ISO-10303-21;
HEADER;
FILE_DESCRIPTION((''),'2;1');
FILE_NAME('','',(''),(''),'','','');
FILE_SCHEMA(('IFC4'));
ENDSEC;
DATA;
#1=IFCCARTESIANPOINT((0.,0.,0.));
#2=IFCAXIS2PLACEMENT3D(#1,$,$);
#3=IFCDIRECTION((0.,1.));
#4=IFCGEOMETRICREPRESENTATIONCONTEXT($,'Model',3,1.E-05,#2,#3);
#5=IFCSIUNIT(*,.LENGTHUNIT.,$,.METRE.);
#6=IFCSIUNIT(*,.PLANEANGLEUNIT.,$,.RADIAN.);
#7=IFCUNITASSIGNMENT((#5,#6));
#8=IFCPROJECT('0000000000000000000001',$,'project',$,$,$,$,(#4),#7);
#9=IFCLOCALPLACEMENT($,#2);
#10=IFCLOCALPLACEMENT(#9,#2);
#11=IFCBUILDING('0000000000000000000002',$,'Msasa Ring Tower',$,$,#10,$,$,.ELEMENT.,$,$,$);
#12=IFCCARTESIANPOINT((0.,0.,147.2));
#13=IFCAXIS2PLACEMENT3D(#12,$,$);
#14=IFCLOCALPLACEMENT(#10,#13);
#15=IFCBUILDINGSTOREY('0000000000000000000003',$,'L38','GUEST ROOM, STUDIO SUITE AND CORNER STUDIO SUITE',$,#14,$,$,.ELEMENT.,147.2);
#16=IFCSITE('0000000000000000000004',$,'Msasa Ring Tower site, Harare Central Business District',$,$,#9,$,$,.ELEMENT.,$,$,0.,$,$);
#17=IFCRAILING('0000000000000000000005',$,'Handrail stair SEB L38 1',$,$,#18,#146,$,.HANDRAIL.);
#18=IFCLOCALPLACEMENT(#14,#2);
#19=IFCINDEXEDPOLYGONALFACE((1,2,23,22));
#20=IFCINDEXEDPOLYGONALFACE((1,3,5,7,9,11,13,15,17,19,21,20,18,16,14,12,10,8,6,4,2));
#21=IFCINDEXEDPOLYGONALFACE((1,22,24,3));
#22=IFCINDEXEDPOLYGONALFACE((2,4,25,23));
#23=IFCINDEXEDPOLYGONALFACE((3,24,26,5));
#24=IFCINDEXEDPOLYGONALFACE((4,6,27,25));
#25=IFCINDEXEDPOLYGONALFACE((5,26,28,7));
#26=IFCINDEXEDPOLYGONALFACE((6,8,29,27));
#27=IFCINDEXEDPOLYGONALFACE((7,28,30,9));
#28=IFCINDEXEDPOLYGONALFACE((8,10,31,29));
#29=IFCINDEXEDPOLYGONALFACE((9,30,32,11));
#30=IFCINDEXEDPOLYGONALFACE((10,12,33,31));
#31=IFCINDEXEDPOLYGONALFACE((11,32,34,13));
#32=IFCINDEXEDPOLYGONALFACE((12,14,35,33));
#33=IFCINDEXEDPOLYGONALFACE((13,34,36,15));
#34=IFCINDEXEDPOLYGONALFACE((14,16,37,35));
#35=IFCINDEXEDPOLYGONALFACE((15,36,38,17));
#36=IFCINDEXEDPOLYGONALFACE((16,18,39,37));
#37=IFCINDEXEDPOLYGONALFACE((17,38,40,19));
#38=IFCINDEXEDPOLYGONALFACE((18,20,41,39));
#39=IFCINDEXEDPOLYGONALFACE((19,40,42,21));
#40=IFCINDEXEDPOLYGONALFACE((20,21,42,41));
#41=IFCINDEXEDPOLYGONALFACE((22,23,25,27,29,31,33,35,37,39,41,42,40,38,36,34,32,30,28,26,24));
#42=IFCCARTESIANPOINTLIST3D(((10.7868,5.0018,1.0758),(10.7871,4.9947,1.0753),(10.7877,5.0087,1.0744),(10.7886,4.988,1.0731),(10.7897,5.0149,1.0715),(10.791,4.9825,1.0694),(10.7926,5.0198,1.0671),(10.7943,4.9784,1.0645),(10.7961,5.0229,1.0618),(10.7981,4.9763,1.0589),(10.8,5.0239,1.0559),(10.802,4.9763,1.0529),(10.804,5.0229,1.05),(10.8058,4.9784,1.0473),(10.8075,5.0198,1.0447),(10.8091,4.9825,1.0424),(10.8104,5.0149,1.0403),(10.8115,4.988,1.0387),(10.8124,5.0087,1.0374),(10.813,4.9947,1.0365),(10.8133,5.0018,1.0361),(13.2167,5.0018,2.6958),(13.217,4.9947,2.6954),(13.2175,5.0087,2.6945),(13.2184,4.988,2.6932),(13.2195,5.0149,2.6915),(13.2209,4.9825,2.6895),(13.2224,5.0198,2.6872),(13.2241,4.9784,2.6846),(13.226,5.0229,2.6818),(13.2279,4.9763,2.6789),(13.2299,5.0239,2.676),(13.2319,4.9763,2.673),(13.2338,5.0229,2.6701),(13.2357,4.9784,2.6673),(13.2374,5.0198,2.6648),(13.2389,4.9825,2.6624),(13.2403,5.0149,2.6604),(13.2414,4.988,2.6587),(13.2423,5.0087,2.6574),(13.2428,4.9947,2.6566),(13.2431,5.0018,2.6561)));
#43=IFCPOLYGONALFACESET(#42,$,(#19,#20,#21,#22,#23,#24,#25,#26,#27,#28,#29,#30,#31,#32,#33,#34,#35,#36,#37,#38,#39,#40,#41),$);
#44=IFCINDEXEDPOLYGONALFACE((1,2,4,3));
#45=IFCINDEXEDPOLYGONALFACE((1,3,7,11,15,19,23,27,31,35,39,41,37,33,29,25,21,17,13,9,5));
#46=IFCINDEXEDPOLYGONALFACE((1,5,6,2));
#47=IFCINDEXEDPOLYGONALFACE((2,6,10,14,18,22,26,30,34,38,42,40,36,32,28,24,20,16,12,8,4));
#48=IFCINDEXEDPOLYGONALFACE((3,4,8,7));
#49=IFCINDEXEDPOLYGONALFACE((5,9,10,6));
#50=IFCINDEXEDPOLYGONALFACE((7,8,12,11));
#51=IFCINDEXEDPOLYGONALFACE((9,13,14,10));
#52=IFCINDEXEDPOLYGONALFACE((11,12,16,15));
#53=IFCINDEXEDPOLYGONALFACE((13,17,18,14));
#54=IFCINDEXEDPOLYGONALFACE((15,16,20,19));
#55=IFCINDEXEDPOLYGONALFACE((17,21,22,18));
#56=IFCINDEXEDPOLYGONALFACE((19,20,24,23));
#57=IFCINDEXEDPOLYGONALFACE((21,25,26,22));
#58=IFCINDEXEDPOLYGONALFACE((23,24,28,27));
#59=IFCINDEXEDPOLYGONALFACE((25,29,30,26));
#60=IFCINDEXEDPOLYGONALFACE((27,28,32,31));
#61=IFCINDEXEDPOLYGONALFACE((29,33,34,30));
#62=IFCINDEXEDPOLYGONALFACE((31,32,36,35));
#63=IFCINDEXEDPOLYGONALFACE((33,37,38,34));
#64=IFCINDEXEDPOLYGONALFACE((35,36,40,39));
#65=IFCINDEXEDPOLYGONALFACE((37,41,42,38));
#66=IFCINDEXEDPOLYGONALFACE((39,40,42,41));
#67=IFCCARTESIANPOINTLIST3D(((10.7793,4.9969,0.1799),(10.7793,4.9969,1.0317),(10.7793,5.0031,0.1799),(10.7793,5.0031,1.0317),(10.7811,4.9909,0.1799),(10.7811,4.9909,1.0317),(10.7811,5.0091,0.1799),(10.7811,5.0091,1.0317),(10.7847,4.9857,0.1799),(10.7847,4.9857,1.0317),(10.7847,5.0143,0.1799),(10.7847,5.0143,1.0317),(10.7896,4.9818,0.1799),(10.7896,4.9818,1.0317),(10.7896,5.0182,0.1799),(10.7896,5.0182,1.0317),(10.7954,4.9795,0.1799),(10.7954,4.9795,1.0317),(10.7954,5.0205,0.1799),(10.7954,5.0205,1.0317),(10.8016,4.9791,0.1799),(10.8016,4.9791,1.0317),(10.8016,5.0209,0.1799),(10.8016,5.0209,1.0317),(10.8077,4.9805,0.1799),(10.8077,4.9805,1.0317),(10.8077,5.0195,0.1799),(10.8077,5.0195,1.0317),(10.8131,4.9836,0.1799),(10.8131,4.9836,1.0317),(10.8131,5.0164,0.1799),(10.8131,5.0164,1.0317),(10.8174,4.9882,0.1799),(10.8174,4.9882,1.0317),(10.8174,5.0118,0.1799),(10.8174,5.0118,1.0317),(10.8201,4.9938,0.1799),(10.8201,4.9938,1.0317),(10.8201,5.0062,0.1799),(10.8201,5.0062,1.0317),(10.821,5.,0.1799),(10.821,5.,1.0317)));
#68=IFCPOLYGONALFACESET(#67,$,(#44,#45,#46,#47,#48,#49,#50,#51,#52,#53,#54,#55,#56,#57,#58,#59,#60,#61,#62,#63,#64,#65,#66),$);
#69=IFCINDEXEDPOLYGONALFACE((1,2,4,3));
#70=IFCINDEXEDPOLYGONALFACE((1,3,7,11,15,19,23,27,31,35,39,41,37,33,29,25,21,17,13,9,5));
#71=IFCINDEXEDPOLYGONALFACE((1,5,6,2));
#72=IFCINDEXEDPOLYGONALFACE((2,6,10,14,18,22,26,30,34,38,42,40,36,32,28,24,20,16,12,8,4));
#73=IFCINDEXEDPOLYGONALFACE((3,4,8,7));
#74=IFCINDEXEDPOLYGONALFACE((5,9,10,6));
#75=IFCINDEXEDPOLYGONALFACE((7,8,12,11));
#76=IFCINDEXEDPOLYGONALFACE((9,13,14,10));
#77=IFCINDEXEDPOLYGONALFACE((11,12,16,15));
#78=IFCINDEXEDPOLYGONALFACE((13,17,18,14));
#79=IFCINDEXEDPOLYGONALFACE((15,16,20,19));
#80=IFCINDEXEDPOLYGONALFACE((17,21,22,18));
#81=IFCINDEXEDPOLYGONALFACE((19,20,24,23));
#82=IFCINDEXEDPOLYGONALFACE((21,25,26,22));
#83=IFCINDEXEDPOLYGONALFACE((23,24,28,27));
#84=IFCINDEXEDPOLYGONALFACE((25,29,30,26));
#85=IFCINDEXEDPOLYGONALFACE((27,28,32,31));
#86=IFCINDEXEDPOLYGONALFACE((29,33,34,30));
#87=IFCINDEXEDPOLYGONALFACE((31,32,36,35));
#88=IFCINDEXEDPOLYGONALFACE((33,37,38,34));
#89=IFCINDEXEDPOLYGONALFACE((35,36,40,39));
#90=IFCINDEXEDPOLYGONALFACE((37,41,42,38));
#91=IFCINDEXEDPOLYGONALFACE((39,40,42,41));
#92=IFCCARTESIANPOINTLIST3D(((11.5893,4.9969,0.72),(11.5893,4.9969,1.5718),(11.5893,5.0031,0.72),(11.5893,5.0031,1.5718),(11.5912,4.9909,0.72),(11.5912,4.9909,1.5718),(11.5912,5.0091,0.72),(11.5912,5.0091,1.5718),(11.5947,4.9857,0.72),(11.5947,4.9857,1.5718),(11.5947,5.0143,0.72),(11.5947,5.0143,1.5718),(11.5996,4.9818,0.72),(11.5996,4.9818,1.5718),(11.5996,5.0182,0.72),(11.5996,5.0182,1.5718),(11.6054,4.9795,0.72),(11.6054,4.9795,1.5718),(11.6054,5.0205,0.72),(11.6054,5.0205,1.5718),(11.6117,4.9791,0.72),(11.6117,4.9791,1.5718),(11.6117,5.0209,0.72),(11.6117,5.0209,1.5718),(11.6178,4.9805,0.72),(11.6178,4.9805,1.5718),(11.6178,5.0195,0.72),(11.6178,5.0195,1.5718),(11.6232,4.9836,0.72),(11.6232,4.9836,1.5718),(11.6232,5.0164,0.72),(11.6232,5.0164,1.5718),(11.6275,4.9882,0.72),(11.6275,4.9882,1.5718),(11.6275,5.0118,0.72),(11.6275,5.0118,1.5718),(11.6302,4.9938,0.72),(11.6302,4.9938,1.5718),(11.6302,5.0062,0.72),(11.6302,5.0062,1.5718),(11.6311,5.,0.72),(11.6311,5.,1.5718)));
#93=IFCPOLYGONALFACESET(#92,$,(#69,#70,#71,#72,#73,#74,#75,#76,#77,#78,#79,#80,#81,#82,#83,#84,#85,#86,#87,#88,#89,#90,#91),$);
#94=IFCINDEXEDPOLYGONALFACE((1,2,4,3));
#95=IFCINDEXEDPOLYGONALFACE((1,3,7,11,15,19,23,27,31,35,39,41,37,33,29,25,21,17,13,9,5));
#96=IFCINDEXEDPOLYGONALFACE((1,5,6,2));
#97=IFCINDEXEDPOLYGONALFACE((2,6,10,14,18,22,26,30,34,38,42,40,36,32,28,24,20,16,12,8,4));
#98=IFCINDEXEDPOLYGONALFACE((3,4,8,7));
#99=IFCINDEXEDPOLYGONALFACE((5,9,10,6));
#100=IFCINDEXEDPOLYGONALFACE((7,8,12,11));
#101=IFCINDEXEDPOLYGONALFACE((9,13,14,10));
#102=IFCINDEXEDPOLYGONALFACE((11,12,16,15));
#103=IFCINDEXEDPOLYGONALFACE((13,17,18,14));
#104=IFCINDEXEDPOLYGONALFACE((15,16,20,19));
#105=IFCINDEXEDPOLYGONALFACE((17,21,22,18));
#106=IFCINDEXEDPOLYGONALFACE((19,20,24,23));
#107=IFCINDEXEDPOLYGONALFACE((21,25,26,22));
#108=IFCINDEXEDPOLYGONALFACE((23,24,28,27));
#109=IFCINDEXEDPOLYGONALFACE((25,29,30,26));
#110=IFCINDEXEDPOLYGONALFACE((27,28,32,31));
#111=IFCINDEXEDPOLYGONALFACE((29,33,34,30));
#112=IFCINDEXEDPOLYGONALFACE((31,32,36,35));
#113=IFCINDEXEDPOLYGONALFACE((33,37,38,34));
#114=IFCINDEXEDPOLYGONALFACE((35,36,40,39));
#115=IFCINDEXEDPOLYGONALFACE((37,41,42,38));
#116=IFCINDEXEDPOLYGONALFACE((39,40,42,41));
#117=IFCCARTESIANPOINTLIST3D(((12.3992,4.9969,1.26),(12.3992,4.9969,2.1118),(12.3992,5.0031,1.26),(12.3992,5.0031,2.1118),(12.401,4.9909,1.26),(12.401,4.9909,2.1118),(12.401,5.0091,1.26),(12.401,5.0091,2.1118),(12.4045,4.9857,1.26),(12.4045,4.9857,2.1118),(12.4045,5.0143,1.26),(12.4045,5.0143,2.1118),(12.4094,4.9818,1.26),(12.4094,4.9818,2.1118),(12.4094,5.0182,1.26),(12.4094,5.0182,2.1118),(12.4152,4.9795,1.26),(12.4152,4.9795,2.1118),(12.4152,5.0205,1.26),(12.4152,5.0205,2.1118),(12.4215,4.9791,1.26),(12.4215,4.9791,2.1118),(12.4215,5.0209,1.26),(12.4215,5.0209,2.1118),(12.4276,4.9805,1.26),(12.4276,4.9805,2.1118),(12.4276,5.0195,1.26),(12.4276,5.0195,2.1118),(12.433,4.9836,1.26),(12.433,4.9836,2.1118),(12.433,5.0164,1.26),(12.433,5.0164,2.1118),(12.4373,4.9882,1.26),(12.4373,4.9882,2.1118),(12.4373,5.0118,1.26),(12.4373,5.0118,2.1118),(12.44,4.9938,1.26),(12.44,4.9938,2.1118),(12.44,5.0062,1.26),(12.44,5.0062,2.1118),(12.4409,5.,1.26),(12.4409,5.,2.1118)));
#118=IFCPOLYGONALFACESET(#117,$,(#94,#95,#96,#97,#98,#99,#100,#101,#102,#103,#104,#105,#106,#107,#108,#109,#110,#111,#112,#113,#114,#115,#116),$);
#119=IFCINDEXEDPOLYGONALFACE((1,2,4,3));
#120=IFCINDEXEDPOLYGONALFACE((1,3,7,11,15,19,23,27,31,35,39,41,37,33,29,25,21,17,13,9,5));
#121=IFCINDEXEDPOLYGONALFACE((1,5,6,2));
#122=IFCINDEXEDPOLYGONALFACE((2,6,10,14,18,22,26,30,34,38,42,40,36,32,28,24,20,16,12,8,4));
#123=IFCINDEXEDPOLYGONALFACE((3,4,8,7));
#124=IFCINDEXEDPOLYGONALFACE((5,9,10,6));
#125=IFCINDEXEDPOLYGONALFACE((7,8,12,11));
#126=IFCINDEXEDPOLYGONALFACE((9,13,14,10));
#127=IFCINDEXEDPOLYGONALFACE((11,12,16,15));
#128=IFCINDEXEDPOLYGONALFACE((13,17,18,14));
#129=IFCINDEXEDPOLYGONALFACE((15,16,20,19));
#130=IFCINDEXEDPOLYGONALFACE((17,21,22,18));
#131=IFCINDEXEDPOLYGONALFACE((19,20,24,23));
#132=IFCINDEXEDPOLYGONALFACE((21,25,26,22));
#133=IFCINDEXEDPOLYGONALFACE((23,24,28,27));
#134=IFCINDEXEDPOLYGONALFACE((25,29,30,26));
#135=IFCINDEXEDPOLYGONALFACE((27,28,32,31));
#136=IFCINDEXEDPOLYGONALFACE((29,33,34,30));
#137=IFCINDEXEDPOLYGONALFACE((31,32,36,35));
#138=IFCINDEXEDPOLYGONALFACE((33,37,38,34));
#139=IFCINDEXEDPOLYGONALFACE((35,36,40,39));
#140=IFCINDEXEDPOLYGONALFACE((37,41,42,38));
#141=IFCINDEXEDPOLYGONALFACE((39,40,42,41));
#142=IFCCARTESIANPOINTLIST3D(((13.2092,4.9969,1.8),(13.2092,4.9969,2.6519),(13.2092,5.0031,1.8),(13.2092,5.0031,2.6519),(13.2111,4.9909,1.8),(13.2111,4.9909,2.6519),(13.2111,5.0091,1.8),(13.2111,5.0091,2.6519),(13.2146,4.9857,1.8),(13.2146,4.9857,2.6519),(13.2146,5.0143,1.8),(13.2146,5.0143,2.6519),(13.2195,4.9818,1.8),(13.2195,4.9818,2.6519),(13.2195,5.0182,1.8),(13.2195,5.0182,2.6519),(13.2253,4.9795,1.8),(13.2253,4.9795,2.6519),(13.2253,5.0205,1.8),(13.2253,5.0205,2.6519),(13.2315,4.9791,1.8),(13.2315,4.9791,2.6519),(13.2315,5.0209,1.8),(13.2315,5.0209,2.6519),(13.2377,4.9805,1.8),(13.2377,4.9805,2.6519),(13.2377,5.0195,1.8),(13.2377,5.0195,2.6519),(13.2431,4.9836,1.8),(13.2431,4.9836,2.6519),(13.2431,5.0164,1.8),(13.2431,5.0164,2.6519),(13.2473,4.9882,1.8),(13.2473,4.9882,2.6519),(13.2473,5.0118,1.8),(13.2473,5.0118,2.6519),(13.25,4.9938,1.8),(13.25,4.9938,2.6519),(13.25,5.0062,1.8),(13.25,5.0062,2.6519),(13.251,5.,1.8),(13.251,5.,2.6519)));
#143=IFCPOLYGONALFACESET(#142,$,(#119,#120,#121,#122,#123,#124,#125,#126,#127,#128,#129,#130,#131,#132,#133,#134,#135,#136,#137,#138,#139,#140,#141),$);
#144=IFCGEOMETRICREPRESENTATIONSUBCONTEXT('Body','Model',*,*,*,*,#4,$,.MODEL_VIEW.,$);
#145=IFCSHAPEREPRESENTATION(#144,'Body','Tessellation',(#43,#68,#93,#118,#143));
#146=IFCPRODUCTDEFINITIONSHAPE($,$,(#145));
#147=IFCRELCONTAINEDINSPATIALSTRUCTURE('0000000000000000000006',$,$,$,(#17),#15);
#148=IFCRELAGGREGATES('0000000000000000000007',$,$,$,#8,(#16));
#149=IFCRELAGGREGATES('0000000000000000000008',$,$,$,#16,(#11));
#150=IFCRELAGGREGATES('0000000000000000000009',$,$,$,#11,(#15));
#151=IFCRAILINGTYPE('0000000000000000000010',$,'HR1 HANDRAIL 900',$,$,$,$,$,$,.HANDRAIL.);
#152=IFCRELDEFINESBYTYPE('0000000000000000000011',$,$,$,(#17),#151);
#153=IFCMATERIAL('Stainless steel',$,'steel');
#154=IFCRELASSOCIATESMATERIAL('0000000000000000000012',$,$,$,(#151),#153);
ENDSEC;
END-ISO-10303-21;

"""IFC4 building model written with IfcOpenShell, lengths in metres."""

from ifc_helpers import new_model, si_unit, direction, frame, origin, origin_2d, place, context, subcontext, project, spatial, circle, extrude, material, type_object, element, save


model = new_model("IFC4")

# Units and contexts
model_context = context("Model", 3, precision=1e-05, world=origin(), true_north=direction((0.0, 1.0)))
body_context = subcontext(model_context, "Body", "Model", "MODEL_VIEW")
ifc_project = project(units=[si_unit("LENGTHUNIT", "METRE"), si_unit("PLANEANGLEUNIT", "RADIAN")], contexts=[model_context])

# Site, building, storey
site_placement = place(None, origin())
site = spatial("IfcSite", under=ifc_project, at=site_placement, Name="Msasa Ring Tower site, Harare Central Business District", CompositionType="ELEMENT", RefElevation=0.0)
building_placement = place(site_placement, origin())
building = spatial("IfcBuilding", under=site, at=building_placement, Name="Msasa Ring Tower", CompositionType="ELEMENT")
storey_placement = place(building_placement, frame((0.0, 0.0, 147.2)))
storey = spatial("IfcBuildingStorey", under=building, at=storey_placement, Name="L38", Description="GUEST ROOM, STUDIO SUITE AND CORNER STUDIO SUITE", CompositionType="ELEMENT", Elevation=147.2)

# Railing
ifc_material_1 = material(Name="Stainless steel", Category="steel")
railing_type = type_object("IfcRailingType", Name="HR1 HANDRAIL 900", PredefinedType="HANDRAIL", material=ifc_material_1)
for number, where, name in (
    (1, (10.8, 5.0, 0.1799), "Handrail stair SEB L38 1"),
):
    element("IfcRailing", number, at=place(storey_placement, frame(where)), inside=storey, type_object=railing_type, Name=name, PredefinedType="HANDRAIL", context=body_context, shape_type="SweptSolid", body=[
        extrude(circle(Radius=0.0239, at=origin_2d()), frame((0.0, 0.0, 0.876), z_axis=(0.832025, 0.0, 0.554739), x_axis=(0.0, 1.0, 0.0)), (0.0, 0.0, 1.0), 2.9204),
        extrude(circle(Radius=0.021, at=origin_2d()), origin(), (0.0, 0.0, 1.0), 0.8518),
        extrude(circle(Radius=0.021, at=origin_2d()), frame((0.8101, 0.0, 0.54)), (0.0, 0.0, 1.0), 0.8518),
        extrude(circle(Radius=0.021, at=origin_2d()), frame((1.6199, 0.0, 1.0801)), (0.0, 0.0, 1.0), 0.8518),
        extrude(circle(Radius=0.021, at=origin_2d()), frame((2.4299, 0.0, 1.6201)), (0.0, 0.0, 1.0), 0.8518),
    ])

save(model, "model.ifc")
